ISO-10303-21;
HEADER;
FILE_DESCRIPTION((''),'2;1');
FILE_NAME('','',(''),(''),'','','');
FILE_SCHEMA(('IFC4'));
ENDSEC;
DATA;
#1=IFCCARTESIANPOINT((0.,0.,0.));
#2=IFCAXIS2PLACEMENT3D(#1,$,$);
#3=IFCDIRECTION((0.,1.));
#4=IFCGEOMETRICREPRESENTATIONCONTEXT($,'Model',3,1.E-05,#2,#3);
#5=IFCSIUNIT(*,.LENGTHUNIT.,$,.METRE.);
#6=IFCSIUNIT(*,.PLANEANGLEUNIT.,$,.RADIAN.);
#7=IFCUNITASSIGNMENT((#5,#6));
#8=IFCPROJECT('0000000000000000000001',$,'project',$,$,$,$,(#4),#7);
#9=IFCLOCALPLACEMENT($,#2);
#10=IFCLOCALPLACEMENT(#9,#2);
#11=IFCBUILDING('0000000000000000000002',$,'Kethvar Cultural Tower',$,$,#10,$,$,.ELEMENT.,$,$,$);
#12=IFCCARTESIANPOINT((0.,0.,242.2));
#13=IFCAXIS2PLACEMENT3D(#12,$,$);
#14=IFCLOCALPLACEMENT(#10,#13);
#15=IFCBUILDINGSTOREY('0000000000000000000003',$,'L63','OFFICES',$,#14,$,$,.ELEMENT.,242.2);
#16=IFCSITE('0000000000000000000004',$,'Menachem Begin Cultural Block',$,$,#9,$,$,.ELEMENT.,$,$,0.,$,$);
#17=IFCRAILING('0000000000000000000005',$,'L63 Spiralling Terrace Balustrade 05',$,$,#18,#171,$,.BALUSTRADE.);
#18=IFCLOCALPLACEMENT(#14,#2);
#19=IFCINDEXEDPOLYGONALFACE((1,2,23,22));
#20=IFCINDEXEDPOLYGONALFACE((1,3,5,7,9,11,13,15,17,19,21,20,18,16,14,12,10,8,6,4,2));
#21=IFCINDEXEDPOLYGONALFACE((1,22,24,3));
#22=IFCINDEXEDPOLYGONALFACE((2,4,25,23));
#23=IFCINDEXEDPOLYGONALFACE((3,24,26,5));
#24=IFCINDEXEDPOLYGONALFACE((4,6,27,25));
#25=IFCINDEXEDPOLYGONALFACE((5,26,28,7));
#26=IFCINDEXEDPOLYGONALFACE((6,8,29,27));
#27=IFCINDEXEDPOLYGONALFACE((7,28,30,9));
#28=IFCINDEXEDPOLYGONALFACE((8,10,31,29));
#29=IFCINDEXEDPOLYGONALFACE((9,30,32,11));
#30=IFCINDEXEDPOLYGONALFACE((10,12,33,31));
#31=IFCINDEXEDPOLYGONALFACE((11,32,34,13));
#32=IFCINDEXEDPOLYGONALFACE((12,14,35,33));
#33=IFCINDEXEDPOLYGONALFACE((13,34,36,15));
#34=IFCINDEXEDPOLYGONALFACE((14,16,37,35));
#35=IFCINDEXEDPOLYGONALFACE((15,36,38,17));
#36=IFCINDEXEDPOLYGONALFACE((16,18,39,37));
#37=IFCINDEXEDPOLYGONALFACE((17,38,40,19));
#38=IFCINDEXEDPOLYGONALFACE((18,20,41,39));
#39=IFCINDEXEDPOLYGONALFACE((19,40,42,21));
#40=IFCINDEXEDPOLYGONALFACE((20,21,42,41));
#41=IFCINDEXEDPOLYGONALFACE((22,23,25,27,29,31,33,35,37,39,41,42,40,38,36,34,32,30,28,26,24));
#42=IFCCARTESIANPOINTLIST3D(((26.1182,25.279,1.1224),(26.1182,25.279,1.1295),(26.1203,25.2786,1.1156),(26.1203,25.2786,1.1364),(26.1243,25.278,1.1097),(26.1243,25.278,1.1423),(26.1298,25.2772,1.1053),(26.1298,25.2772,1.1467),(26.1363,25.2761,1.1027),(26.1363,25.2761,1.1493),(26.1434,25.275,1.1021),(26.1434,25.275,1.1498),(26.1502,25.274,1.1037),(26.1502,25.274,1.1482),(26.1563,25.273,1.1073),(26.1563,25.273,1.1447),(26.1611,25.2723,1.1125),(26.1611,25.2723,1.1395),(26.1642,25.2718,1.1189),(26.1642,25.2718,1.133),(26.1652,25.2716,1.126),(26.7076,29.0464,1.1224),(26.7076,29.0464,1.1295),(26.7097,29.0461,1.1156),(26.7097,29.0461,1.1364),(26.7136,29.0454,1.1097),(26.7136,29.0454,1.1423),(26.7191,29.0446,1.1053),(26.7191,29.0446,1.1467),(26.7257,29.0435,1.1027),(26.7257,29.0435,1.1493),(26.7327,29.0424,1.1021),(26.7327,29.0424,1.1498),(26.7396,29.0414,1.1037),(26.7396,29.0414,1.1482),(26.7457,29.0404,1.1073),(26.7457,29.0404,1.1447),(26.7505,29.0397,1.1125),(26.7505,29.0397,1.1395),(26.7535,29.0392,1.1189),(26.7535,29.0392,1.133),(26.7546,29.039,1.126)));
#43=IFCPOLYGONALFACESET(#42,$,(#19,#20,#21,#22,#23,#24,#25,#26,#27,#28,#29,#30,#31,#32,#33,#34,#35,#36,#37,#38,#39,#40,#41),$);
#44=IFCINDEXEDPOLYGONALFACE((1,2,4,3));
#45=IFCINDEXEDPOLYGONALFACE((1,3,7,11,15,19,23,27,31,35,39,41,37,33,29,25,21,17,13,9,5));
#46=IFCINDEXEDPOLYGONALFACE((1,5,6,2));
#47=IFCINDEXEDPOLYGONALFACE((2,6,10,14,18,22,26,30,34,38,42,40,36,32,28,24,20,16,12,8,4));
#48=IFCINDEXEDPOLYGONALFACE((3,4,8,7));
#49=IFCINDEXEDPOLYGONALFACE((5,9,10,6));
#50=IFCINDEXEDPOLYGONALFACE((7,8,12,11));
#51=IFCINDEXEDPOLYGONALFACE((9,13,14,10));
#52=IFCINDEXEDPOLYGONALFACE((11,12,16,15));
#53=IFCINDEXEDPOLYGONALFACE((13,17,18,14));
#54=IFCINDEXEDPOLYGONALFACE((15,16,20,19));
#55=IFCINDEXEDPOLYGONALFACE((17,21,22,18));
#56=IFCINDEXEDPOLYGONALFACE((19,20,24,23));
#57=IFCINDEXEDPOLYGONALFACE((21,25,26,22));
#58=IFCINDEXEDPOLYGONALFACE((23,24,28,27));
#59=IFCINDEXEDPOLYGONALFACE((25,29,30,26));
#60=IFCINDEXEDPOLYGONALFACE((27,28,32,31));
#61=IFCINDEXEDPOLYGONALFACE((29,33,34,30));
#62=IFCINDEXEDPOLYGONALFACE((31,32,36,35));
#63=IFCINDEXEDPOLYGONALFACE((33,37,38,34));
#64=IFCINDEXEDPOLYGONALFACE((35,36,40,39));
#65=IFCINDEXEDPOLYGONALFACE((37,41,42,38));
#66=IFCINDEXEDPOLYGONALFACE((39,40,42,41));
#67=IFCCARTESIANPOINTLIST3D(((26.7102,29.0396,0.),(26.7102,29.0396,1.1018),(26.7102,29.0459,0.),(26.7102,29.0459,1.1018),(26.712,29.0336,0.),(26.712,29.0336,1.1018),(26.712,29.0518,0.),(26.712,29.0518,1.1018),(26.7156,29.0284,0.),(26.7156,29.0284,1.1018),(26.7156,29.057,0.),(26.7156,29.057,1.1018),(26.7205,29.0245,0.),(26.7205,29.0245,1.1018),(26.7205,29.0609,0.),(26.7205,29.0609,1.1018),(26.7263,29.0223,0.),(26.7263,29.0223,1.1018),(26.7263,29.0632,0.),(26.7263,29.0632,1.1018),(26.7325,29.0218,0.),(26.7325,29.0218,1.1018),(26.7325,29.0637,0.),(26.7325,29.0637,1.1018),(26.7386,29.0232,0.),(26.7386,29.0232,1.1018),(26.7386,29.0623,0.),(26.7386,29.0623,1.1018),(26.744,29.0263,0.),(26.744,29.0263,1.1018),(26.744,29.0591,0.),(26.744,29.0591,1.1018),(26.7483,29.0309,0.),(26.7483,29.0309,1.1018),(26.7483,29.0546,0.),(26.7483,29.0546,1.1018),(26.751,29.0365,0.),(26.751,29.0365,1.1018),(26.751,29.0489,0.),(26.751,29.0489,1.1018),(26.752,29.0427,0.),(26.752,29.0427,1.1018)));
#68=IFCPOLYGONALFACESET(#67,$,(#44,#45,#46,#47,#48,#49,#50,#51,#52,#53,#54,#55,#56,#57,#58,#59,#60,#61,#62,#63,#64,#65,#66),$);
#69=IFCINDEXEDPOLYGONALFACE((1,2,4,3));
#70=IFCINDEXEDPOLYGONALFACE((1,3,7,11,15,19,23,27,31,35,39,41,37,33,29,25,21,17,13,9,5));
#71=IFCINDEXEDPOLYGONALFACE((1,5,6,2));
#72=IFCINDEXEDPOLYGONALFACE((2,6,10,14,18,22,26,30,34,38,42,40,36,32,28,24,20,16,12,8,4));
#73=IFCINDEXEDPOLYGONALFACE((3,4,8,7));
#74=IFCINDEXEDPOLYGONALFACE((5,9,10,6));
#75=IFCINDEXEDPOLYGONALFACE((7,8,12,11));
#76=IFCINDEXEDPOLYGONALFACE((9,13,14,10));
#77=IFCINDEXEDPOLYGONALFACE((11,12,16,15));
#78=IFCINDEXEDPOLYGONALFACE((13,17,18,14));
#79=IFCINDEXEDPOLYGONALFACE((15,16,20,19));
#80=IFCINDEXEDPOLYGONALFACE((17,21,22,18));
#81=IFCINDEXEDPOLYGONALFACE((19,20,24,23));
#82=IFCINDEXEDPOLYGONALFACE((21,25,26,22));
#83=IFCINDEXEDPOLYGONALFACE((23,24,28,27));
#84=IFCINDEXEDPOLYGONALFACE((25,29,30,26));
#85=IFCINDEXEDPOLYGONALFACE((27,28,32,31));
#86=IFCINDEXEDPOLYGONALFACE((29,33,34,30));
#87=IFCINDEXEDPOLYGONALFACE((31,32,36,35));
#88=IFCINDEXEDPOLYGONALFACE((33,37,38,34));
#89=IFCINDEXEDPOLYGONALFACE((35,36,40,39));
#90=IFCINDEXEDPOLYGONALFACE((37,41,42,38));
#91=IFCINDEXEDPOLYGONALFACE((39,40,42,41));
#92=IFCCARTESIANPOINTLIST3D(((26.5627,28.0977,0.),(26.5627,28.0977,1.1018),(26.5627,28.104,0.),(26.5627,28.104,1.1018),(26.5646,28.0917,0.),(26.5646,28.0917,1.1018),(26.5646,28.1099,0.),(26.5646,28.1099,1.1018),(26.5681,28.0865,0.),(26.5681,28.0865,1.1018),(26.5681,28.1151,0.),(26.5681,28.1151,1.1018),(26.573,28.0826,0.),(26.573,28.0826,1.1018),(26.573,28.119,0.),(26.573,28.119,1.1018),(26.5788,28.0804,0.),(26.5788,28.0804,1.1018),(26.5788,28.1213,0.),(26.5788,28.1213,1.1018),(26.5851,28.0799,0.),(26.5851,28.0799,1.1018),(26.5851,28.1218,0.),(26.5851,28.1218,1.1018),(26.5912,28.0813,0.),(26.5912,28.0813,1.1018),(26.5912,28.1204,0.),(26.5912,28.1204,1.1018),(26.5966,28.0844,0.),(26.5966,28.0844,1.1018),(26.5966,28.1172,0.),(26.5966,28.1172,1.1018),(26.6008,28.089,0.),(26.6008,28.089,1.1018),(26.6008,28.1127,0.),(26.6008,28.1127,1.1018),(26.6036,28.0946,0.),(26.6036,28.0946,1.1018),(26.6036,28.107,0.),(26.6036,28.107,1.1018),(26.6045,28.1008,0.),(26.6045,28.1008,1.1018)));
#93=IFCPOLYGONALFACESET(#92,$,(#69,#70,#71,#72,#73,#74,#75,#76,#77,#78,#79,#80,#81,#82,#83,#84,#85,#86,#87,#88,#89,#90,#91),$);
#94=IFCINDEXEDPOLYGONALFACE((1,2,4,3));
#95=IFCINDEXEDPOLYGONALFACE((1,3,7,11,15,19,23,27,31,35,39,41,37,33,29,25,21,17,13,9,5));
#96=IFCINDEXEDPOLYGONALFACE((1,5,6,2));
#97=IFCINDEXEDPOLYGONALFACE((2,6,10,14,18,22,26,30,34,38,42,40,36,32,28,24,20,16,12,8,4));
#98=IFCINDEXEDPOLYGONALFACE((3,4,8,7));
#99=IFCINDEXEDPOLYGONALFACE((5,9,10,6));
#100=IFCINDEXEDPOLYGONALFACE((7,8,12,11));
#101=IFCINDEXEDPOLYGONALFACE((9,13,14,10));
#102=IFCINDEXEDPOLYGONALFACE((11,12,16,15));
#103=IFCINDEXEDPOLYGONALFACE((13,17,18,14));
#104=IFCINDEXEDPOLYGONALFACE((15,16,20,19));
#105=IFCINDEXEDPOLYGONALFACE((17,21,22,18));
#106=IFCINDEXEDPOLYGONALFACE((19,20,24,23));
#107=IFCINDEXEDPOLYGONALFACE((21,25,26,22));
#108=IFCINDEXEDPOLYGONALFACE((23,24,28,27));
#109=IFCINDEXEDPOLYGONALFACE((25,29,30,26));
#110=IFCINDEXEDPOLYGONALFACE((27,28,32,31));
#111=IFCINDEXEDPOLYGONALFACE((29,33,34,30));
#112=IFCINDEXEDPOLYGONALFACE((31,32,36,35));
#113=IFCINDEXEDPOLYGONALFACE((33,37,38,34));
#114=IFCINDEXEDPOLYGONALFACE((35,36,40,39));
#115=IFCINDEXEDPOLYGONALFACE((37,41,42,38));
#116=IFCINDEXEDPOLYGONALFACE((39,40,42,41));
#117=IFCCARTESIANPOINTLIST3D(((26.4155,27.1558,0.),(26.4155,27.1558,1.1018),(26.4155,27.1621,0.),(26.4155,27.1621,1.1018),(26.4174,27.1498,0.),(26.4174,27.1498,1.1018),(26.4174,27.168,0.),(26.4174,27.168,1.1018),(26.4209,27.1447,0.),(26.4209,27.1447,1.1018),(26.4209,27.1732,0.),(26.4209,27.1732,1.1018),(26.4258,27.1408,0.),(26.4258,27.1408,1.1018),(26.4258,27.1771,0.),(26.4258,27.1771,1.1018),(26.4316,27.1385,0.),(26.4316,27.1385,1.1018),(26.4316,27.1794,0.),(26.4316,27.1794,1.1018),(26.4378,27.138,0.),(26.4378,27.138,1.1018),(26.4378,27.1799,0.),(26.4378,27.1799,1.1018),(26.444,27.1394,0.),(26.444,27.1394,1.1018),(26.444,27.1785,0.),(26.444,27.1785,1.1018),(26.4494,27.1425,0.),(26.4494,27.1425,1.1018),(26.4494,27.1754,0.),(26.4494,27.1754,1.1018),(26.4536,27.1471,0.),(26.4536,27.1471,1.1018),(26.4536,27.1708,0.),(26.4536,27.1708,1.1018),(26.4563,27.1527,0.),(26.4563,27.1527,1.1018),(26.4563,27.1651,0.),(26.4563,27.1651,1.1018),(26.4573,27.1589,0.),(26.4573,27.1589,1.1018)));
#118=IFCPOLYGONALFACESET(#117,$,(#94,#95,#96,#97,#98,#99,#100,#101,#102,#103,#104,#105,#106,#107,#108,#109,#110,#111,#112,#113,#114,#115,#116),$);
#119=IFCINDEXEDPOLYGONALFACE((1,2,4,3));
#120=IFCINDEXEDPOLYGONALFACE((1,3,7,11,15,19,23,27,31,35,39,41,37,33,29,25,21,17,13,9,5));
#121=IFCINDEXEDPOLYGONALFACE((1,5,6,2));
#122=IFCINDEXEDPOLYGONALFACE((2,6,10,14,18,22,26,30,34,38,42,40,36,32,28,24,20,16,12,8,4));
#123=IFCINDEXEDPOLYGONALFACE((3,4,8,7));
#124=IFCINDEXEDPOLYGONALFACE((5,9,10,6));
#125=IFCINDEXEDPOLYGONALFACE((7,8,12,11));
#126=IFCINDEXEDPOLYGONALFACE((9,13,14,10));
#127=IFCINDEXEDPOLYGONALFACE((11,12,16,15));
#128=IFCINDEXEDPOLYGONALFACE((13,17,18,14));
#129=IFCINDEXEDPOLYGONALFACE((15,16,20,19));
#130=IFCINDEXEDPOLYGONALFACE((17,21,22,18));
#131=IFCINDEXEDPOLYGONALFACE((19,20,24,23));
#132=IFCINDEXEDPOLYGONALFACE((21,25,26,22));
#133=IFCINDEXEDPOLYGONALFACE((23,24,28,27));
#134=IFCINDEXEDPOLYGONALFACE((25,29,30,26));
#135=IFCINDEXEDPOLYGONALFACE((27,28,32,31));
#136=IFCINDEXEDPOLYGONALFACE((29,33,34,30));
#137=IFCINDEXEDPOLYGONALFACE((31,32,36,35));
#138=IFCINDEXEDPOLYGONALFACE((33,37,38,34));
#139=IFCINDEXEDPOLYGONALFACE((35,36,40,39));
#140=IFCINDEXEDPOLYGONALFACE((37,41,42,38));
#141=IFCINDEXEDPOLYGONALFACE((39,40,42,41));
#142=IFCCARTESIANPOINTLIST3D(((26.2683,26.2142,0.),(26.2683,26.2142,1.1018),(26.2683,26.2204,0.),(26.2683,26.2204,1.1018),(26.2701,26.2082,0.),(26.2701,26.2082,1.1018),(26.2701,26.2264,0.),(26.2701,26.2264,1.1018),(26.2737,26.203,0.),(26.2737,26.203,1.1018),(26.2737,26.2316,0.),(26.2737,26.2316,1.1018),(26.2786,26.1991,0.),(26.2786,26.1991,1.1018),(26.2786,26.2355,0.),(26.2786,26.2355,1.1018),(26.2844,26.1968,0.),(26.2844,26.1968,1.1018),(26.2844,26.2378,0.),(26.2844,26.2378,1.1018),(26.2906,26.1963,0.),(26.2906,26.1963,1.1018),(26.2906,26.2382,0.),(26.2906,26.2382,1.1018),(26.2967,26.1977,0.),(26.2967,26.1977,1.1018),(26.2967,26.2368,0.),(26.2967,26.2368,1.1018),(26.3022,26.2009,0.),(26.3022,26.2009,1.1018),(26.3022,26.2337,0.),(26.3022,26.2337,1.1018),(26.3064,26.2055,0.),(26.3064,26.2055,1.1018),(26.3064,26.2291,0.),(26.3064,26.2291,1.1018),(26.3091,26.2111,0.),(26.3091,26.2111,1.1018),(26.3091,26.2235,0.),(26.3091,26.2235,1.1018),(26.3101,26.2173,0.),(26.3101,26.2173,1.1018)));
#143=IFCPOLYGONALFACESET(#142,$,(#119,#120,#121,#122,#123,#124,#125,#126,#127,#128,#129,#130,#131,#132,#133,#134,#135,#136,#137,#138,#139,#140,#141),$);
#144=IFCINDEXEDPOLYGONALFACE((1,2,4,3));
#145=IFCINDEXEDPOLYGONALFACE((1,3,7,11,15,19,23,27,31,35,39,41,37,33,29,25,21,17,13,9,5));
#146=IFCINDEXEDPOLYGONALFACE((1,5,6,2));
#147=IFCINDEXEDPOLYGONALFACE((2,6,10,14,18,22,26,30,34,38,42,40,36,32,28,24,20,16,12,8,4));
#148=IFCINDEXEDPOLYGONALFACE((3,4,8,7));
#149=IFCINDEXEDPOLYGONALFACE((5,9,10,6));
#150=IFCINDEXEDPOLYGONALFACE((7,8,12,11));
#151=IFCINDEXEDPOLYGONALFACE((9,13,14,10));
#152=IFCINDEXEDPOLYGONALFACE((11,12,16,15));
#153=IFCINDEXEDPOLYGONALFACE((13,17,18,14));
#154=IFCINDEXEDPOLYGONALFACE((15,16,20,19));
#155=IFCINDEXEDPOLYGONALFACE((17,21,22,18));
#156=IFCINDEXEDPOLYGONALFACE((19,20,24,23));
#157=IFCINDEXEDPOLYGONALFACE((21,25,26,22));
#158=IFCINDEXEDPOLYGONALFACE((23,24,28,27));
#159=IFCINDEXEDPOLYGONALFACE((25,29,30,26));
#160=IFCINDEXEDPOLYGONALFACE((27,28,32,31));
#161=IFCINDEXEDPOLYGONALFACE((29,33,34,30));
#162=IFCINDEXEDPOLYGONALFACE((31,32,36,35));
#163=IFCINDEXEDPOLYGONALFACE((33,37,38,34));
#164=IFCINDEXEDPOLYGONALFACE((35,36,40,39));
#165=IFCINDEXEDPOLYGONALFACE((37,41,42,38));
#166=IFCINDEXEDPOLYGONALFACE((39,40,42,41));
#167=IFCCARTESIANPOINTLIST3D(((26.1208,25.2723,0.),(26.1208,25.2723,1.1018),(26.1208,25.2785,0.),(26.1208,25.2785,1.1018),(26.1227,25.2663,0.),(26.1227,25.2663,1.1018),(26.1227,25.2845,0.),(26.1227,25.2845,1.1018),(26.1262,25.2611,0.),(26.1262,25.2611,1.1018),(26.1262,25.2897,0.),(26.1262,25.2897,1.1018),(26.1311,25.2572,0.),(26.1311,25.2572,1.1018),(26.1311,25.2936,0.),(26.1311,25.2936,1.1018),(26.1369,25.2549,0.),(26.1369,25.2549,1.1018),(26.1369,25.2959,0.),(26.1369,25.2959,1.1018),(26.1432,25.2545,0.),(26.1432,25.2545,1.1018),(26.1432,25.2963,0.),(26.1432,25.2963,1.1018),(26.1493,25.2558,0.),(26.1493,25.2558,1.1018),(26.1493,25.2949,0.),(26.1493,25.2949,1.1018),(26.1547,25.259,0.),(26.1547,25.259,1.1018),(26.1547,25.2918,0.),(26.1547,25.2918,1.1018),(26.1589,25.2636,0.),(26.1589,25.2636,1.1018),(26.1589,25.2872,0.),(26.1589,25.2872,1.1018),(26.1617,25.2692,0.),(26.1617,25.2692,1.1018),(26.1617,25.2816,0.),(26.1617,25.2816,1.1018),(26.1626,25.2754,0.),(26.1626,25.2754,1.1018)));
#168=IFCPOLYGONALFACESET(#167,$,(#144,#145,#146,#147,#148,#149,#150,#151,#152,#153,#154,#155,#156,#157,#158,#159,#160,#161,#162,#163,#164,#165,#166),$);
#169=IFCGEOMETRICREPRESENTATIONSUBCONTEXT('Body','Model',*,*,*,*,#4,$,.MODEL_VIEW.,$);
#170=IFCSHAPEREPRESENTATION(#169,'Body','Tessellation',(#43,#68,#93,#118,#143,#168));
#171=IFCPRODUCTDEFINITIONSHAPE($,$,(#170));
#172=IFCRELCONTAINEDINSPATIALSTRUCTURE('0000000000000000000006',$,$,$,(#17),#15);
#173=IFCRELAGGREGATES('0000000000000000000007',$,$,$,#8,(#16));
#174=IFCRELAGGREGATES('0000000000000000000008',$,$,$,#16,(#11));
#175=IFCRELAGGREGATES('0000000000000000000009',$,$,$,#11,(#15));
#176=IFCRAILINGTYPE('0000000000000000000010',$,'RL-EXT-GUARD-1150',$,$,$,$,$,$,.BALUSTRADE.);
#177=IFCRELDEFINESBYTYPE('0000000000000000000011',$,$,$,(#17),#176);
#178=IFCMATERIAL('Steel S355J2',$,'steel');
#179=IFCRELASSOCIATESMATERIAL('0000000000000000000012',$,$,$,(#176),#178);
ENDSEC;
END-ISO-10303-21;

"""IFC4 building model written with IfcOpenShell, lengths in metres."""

from ifc_helpers import new_model, si_unit, direction, frame, origin, origin_2d, place, context, subcontext, project, spatial, circle, extrude, material, type_object, element, save


model = new_model("IFC4")

# Units and contexts
model_context = context("Model", 3, precision=1e-05, world=origin(), true_north=direction((0.0, 1.0)))
body_context = subcontext(model_context, "Body", "Model", "MODEL_VIEW")
ifc_project = project(units=[si_unit("LENGTHUNIT", "METRE"), si_unit("PLANEANGLEUNIT", "RADIAN")], contexts=[model_context])

# Site, building, storey
site_placement = place(None, origin())
site = spatial("IfcSite", under=ifc_project, at=site_placement, Name="Menachem Begin Cultural Block", CompositionType="ELEMENT", RefElevation=0.0)
building_placement = place(site_placement, origin())
building = spatial("IfcBuilding", under=site, at=building_placement, Name="Kethvar Cultural Tower", CompositionType="ELEMENT")
storey_placement = place(building_placement, frame((0.0, 0.0, 242.2)))
storey = spatial("IfcBuildingStorey", under=building, at=storey_placement, Name="L63", Description="OFFICES", CompositionType="ELEMENT", Elevation=242.2)

# Shared definitions
ifc_material_1 = material(Name="Steel S355J2", Category="steel")

# Railing
railing_type = type_object("IfcRailingType", Name="RL-EXT-GUARD-1150", PredefinedType="BALUSTRADE", material=ifc_material_1)
railing_1_placement = place(storey_placement, frame((26.731, 29.0427, 0.0)))
element("IfcRailing", 1, at=railing_1_placement, inside=storey, type_object=railing_type, Name="L63 Spiralling Terrace Balustrade 05", PredefinedType="BALUSTRADE", context=body_context, shape_type="SweptSolid", body=[
    extrude(circle(Radius=0.0239, at=origin_2d()), frame((0.0, 0.0, 1.126), z_axis=(-0.154559, -0.987984, 0.0), x_axis=(0.987984, -0.154559, 0.0)), (0.0, 0.0, 1.0), 3.8132),
    extrude(circle(Radius=0.021, at=origin_2d()), origin(), (0.0, 0.0, 1.0), 1.1018),
    extrude(circle(Radius=0.021, at=origin_2d()), frame((-0.1475, -0.9419, 0.0)), (0.0, 0.0, 1.0), 1.1018),
    extrude(circle(Radius=0.021, at=origin_2d()), frame((-0.2947, -1.8838, 0.0)), (0.0, 0.0, 1.0), 1.1018),
    extrude(circle(Radius=0.021, at=origin_2d()), frame((-0.4419, -2.8254, 0.0)), (0.0, 0.0, 1.0), 1.1018),
    extrude(circle(Radius=0.021, at=origin_2d()), frame((-0.5894, -3.7673, 0.0)), (0.0, 0.0, 1.0), 1.1018),
])

save(model, "model.ifc")
